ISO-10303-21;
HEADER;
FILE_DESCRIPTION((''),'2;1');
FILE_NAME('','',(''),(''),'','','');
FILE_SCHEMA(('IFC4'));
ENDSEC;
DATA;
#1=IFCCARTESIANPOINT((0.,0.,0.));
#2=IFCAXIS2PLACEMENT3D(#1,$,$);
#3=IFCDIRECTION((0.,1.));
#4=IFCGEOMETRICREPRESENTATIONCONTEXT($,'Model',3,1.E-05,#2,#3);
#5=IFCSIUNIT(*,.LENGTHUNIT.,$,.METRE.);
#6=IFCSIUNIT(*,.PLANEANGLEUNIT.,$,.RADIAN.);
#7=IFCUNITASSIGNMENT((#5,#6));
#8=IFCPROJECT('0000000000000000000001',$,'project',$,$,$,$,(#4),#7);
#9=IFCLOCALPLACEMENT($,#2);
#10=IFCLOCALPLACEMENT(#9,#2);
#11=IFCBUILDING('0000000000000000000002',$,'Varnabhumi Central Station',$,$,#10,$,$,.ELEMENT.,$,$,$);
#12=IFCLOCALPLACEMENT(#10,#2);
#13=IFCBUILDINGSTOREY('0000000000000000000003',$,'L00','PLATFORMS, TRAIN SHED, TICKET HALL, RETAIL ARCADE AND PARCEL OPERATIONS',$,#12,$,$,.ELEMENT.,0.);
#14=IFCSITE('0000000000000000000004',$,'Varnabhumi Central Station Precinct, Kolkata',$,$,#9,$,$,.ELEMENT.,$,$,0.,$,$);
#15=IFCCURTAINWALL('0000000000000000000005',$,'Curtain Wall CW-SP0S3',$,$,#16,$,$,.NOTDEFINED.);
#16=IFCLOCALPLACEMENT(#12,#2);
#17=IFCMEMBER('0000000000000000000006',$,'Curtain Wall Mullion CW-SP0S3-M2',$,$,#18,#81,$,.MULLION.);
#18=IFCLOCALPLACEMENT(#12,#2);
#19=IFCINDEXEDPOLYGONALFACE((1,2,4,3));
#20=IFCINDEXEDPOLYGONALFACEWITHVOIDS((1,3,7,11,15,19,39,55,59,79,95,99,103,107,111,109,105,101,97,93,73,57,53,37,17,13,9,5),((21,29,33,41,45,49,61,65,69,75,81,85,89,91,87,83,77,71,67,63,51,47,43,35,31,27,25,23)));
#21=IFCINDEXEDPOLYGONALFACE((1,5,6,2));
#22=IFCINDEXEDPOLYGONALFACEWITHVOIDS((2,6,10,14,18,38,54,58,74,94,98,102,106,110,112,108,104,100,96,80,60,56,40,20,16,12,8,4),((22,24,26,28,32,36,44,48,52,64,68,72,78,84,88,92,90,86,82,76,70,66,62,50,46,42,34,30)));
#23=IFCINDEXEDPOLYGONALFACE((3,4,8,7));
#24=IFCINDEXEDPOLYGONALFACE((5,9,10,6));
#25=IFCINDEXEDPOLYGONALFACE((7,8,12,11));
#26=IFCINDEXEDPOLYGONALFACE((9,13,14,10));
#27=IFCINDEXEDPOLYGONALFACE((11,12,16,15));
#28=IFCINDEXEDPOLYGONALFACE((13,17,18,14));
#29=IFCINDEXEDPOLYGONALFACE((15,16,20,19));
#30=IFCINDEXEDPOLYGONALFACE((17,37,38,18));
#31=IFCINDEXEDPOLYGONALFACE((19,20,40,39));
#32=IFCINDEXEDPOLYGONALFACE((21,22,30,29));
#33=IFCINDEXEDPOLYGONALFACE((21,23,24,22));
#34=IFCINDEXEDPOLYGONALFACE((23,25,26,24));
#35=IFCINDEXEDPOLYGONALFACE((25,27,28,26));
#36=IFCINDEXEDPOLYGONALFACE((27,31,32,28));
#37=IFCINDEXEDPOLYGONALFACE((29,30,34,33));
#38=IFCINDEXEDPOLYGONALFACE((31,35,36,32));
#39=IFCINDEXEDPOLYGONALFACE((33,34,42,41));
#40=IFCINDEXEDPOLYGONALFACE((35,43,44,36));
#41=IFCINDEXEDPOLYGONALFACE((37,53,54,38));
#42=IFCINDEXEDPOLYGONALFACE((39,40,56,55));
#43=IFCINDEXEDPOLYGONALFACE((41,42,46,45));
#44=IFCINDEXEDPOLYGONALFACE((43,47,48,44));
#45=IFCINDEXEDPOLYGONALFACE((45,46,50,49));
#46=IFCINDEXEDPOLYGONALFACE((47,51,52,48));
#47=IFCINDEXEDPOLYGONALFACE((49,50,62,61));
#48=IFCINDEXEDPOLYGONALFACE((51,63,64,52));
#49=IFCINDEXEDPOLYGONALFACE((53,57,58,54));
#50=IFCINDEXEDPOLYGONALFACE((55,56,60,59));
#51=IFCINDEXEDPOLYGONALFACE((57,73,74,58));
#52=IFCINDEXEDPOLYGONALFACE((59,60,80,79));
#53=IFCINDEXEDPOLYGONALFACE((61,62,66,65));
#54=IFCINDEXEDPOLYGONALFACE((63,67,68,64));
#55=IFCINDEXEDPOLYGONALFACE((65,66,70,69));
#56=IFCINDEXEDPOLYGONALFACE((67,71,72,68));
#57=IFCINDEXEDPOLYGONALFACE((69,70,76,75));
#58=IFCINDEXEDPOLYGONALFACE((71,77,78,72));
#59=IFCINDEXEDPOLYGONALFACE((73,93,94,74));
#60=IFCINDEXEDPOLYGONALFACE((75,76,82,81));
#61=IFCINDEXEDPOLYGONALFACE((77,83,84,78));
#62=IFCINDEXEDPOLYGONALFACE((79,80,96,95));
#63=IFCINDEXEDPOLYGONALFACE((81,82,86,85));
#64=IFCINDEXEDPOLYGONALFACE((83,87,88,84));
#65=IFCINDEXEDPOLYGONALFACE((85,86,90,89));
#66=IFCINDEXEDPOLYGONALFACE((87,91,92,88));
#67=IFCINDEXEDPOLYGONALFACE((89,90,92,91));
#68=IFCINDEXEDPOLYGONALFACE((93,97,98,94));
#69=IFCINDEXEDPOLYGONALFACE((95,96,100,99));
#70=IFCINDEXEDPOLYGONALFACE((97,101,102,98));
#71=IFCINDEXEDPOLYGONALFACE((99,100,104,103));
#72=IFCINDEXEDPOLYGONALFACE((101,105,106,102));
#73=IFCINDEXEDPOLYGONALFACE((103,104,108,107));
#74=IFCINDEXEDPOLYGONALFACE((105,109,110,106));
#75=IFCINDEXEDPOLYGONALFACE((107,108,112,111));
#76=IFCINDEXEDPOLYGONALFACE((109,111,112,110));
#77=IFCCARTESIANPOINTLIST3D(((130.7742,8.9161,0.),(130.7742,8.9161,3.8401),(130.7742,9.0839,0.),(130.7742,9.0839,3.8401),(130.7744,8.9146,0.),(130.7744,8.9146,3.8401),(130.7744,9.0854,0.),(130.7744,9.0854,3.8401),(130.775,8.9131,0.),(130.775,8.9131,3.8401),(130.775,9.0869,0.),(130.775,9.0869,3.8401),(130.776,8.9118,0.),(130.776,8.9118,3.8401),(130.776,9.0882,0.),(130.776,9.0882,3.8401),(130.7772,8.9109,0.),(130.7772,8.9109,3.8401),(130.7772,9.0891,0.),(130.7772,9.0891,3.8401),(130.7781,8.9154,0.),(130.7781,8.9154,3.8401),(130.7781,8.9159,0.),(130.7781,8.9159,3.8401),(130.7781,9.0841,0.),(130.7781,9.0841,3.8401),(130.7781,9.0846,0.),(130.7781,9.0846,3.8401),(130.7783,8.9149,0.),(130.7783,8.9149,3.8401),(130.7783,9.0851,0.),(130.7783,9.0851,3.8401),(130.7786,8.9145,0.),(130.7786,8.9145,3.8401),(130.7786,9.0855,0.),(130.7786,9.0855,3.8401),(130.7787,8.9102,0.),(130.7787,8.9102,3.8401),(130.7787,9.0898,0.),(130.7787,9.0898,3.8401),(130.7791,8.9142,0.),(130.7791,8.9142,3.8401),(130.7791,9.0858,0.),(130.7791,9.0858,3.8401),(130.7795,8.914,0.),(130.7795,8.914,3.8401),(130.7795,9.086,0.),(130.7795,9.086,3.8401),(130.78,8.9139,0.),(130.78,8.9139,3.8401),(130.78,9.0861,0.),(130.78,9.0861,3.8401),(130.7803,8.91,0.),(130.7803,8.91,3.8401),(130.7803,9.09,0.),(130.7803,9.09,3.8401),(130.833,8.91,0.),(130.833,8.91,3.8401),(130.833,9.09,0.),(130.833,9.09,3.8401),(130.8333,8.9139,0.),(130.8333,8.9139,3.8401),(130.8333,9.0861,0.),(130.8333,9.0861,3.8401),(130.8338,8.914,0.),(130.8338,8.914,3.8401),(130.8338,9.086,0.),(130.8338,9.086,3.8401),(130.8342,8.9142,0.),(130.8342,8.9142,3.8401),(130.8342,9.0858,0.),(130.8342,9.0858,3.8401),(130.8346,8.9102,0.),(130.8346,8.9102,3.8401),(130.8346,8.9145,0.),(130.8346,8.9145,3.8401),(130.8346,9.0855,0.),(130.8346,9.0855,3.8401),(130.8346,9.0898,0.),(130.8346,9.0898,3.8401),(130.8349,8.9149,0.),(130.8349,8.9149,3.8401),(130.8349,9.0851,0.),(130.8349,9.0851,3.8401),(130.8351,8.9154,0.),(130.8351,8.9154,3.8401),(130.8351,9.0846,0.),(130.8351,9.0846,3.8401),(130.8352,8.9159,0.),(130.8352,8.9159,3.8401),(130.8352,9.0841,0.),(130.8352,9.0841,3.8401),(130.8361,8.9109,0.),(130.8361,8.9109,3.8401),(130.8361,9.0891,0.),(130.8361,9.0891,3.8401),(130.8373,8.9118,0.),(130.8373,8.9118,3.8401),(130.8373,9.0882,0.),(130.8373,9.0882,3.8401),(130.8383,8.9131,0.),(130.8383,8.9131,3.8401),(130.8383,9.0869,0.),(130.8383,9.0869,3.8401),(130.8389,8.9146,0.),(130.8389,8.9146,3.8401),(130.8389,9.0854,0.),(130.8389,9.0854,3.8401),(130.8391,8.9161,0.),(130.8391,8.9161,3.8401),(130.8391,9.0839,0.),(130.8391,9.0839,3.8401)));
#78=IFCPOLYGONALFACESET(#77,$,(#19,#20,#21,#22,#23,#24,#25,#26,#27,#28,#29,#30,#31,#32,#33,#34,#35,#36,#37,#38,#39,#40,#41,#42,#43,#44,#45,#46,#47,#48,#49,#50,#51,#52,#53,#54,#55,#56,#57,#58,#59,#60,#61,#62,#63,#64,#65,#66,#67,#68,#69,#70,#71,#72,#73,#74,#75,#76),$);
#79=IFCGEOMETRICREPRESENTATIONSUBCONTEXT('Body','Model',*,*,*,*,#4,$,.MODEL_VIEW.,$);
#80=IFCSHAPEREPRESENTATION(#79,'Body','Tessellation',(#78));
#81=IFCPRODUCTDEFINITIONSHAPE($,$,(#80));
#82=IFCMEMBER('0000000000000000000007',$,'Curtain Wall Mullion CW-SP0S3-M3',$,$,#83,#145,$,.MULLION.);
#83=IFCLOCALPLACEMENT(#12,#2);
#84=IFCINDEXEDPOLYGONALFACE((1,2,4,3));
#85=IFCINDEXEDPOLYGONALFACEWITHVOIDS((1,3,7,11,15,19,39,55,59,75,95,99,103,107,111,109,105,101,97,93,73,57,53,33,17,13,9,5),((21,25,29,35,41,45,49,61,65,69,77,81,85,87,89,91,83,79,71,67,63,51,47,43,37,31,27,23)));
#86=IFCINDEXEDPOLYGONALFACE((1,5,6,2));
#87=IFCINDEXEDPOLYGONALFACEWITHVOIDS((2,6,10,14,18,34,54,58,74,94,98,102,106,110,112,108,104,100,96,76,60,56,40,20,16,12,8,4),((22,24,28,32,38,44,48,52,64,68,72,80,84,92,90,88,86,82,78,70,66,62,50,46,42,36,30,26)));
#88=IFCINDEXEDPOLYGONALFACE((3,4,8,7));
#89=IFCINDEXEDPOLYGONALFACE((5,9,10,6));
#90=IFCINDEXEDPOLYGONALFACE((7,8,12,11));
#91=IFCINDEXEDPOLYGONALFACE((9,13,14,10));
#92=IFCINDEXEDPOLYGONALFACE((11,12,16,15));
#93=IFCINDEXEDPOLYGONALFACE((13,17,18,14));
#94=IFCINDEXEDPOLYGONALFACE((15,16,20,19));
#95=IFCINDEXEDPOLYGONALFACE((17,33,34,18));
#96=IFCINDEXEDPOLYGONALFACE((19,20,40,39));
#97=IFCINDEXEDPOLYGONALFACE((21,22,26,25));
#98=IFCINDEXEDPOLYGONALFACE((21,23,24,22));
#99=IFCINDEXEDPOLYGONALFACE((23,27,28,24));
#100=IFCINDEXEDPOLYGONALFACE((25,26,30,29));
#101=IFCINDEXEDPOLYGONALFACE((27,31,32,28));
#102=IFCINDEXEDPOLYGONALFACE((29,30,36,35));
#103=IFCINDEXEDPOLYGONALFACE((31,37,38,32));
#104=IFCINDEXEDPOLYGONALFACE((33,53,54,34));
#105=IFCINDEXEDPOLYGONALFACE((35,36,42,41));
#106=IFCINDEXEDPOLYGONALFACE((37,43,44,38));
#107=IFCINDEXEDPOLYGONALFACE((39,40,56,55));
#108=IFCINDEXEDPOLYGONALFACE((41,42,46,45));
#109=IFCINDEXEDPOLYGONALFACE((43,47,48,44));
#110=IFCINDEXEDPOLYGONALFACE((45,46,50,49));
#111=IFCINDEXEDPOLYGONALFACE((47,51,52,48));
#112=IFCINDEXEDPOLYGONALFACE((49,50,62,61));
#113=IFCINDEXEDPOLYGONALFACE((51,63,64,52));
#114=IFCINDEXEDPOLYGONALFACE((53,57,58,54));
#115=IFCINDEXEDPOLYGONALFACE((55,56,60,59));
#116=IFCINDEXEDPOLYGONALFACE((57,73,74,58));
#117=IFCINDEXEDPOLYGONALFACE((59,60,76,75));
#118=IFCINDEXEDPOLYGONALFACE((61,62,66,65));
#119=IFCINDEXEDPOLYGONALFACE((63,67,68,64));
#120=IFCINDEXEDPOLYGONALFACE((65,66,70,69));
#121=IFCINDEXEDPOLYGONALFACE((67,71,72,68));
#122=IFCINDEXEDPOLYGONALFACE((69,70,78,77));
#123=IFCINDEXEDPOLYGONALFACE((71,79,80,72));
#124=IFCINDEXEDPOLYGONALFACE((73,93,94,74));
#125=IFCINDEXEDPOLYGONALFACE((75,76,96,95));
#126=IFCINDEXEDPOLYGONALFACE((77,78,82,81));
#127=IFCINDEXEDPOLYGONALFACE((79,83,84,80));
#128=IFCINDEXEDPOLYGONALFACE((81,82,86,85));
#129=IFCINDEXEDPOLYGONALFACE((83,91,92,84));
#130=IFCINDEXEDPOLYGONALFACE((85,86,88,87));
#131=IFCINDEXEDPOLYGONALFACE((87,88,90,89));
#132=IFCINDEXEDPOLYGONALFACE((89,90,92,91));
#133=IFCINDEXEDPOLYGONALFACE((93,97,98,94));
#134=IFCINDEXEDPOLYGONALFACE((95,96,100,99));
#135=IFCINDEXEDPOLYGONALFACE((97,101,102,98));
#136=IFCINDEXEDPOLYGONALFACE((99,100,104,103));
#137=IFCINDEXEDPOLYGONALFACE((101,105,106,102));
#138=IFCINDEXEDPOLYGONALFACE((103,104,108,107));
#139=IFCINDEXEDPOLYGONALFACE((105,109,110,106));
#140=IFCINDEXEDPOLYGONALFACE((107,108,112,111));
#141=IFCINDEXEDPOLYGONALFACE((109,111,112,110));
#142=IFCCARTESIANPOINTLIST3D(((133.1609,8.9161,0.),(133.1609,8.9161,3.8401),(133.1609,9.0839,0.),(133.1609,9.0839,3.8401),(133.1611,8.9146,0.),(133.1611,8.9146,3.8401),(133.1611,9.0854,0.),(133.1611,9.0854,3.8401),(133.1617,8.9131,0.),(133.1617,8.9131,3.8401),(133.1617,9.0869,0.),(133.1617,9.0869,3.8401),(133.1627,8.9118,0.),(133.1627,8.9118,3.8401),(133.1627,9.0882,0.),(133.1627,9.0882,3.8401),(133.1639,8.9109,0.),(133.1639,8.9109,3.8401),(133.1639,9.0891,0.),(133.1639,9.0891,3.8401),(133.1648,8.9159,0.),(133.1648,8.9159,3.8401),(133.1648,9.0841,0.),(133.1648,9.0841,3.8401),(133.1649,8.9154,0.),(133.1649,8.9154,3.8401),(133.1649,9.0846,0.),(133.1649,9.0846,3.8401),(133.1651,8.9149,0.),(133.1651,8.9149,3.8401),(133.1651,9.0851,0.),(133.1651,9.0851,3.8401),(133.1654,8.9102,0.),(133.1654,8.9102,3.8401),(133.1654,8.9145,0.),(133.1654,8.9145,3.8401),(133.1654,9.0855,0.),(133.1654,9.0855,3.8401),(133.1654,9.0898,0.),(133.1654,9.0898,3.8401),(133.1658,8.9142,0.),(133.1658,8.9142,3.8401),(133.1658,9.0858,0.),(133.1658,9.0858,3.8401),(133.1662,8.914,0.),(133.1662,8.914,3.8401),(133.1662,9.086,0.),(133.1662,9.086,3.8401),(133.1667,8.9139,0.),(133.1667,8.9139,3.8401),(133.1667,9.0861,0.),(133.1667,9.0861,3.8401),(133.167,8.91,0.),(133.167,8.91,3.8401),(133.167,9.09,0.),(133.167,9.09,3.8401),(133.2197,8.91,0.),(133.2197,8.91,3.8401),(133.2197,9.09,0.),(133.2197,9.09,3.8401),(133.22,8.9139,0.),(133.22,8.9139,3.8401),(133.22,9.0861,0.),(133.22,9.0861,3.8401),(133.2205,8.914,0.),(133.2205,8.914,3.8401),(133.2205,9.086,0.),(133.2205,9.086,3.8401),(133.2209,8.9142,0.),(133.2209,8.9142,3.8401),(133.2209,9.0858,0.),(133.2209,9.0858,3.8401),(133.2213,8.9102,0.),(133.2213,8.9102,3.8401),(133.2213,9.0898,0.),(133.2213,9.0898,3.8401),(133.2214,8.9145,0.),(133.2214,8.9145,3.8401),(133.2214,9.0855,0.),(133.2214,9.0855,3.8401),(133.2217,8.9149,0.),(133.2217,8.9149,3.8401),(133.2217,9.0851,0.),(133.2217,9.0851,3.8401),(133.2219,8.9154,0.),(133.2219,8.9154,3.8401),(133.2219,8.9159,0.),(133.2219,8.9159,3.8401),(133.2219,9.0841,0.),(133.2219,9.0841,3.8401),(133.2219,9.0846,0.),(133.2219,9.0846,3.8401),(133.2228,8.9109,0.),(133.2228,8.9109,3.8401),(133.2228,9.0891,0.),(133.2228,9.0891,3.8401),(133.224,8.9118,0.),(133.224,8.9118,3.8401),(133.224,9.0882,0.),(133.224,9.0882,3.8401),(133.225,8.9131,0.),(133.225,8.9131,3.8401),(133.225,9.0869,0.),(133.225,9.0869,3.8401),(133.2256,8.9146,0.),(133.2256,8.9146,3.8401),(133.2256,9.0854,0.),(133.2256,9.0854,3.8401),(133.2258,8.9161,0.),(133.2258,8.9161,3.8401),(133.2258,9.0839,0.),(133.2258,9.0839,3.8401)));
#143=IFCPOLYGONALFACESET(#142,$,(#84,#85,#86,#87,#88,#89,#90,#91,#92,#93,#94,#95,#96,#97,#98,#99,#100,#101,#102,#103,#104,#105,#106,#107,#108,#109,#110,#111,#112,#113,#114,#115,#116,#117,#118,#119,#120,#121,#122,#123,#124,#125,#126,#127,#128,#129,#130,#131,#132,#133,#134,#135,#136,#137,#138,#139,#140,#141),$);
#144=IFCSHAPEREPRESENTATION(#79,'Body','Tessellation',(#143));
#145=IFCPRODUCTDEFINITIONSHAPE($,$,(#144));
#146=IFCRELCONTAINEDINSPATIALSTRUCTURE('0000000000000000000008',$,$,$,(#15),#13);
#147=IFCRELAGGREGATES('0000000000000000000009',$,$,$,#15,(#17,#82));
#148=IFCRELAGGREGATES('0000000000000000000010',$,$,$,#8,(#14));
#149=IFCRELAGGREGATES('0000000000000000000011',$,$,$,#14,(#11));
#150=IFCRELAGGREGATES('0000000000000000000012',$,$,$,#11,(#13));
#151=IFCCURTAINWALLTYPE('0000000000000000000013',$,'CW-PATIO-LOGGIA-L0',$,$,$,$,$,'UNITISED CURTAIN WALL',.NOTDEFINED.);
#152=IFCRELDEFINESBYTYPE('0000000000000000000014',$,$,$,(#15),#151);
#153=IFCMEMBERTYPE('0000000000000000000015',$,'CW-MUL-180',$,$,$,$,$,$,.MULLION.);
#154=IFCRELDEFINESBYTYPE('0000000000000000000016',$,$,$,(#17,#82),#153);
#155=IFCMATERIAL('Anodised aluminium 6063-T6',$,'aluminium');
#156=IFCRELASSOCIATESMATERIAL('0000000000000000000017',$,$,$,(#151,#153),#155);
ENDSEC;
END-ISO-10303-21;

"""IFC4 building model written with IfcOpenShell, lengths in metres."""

from ifc_helpers import new_model, si_unit, direction, frame, origin, origin_2d, place, context, subcontext, project, spatial, hollow_rectangle, extrude, material, material_profile, profile_set, type_object, element, aggregate, save


model = new_model("IFC4")

# Units and contexts
model_context = context("Model", 3, precision=1e-05, world=origin(), true_north=direction((0.0, 1.0)))
body_context = subcontext(model_context, "Body", "Model", "MODEL_VIEW")
ifc_project = project(units=[si_unit("LENGTHUNIT", "METRE"), si_unit("PLANEANGLEUNIT", "RADIAN")], contexts=[model_context])

# Site, building, storey
site_placement = place(None, origin())
site = spatial("IfcSite", under=ifc_project, at=site_placement, Name="Varnabhumi Central Station Precinct, Kolkata", CompositionType="ELEMENT", RefElevation=0.0)
building_placement = place(site_placement, origin())
building = spatial("IfcBuilding", under=site, at=building_placement, Name="Varnabhumi Central Station", CompositionType="ELEMENT")
storey_placement = place(building_placement, origin())
storey = spatial("IfcBuildingStorey", under=building, at=storey_placement, Name="L00", Description="PLATFORMS, TRAIN SHED, TICKET HALL, RETAIL ARCADE AND PARCEL OPERATIONS", CompositionType="ELEMENT", Elevation=0.0)

# Curtain wall, members
ifc_material_1 = material(Name="Anodised aluminium 6063-T6", Category="aluminium")
curtain_wall_type = type_object("IfcCurtainWallType", Name="CW-PATIO-LOGGIA-L0", ElementType="UNITISED CURTAIN WALL", PredefinedType="NOTDEFINED", material=ifc_material_1)
curtain_wall_placement = place(storey_placement, origin())
curtain_wall = element("IfcCurtainWall", 1, at=curtain_wall_placement, inside=storey, type_object=curtain_wall_type, Name="Curtain Wall CW-SP0S3", PredefinedType="NOTDEFINED")
ifc_material_profile_1 = material_profile(ifc_material_1, hollow_rectangle(XDim=0.0649, YDim=0.1799, WallThickness=0.0039, InnerFilletRadius=0.002, OuterFilletRadius=0.0061, at=origin_2d()), Name="Anodised aluminium 6063-T6", Category="aluminium")
ifc_profile_set_1 = profile_set([ifc_material_profile_1], Name="Anodised aluminium 6063-T6")
member_type_1 = type_object("IfcMemberType", Name="CW-MUL-180", PredefinedType="MULLION", material=ifc_profile_set_1)
member_1_placement = place(storey_placement, frame((130.8066, 9.0, 0.0), z_axis=(0.0, 0.0, 1.0), x_axis=(1.0, 0.0, 0.0)))
member_1 = element("IfcMember", 2, at=member_1_placement, type_object=member_type_1, Name="Curtain Wall Mullion CW-SP0S3-M2", PredefinedType="MULLION", context=body_context, shape_type="SweptSolid", body=[
    extrude(hollow_rectangle(XDim=0.0649, YDim=0.1799, WallThickness=0.0039, InnerFilletRadius=0.002, OuterFilletRadius=0.0061, at=origin_2d()), origin(), (0.0, 0.0, 1.0), 3.8401),
])
member_2_placement = place(storey_placement, frame((133.1934, 9.0, 0.0), z_axis=(0.0, 0.0, 1.0), x_axis=(1.0, 0.0, 0.0)))
member_2 = element("IfcMember", 3, at=member_2_placement, type_object=member_type_1, Name="Curtain Wall Mullion CW-SP0S3-M3", PredefinedType="MULLION", context=body_context, shape_type="SweptSolid", body=[
    extrude(hollow_rectangle(XDim=0.0649, YDim=0.1799, WallThickness=0.0039, InnerFilletRadius=0.002, OuterFilletRadius=0.0061, at=origin_2d()), origin(), (0.0, 0.0, 1.0), 3.8401),
])
aggregate(curtain_wall, [member_1, member_2])

save(model, "model.ifc")
